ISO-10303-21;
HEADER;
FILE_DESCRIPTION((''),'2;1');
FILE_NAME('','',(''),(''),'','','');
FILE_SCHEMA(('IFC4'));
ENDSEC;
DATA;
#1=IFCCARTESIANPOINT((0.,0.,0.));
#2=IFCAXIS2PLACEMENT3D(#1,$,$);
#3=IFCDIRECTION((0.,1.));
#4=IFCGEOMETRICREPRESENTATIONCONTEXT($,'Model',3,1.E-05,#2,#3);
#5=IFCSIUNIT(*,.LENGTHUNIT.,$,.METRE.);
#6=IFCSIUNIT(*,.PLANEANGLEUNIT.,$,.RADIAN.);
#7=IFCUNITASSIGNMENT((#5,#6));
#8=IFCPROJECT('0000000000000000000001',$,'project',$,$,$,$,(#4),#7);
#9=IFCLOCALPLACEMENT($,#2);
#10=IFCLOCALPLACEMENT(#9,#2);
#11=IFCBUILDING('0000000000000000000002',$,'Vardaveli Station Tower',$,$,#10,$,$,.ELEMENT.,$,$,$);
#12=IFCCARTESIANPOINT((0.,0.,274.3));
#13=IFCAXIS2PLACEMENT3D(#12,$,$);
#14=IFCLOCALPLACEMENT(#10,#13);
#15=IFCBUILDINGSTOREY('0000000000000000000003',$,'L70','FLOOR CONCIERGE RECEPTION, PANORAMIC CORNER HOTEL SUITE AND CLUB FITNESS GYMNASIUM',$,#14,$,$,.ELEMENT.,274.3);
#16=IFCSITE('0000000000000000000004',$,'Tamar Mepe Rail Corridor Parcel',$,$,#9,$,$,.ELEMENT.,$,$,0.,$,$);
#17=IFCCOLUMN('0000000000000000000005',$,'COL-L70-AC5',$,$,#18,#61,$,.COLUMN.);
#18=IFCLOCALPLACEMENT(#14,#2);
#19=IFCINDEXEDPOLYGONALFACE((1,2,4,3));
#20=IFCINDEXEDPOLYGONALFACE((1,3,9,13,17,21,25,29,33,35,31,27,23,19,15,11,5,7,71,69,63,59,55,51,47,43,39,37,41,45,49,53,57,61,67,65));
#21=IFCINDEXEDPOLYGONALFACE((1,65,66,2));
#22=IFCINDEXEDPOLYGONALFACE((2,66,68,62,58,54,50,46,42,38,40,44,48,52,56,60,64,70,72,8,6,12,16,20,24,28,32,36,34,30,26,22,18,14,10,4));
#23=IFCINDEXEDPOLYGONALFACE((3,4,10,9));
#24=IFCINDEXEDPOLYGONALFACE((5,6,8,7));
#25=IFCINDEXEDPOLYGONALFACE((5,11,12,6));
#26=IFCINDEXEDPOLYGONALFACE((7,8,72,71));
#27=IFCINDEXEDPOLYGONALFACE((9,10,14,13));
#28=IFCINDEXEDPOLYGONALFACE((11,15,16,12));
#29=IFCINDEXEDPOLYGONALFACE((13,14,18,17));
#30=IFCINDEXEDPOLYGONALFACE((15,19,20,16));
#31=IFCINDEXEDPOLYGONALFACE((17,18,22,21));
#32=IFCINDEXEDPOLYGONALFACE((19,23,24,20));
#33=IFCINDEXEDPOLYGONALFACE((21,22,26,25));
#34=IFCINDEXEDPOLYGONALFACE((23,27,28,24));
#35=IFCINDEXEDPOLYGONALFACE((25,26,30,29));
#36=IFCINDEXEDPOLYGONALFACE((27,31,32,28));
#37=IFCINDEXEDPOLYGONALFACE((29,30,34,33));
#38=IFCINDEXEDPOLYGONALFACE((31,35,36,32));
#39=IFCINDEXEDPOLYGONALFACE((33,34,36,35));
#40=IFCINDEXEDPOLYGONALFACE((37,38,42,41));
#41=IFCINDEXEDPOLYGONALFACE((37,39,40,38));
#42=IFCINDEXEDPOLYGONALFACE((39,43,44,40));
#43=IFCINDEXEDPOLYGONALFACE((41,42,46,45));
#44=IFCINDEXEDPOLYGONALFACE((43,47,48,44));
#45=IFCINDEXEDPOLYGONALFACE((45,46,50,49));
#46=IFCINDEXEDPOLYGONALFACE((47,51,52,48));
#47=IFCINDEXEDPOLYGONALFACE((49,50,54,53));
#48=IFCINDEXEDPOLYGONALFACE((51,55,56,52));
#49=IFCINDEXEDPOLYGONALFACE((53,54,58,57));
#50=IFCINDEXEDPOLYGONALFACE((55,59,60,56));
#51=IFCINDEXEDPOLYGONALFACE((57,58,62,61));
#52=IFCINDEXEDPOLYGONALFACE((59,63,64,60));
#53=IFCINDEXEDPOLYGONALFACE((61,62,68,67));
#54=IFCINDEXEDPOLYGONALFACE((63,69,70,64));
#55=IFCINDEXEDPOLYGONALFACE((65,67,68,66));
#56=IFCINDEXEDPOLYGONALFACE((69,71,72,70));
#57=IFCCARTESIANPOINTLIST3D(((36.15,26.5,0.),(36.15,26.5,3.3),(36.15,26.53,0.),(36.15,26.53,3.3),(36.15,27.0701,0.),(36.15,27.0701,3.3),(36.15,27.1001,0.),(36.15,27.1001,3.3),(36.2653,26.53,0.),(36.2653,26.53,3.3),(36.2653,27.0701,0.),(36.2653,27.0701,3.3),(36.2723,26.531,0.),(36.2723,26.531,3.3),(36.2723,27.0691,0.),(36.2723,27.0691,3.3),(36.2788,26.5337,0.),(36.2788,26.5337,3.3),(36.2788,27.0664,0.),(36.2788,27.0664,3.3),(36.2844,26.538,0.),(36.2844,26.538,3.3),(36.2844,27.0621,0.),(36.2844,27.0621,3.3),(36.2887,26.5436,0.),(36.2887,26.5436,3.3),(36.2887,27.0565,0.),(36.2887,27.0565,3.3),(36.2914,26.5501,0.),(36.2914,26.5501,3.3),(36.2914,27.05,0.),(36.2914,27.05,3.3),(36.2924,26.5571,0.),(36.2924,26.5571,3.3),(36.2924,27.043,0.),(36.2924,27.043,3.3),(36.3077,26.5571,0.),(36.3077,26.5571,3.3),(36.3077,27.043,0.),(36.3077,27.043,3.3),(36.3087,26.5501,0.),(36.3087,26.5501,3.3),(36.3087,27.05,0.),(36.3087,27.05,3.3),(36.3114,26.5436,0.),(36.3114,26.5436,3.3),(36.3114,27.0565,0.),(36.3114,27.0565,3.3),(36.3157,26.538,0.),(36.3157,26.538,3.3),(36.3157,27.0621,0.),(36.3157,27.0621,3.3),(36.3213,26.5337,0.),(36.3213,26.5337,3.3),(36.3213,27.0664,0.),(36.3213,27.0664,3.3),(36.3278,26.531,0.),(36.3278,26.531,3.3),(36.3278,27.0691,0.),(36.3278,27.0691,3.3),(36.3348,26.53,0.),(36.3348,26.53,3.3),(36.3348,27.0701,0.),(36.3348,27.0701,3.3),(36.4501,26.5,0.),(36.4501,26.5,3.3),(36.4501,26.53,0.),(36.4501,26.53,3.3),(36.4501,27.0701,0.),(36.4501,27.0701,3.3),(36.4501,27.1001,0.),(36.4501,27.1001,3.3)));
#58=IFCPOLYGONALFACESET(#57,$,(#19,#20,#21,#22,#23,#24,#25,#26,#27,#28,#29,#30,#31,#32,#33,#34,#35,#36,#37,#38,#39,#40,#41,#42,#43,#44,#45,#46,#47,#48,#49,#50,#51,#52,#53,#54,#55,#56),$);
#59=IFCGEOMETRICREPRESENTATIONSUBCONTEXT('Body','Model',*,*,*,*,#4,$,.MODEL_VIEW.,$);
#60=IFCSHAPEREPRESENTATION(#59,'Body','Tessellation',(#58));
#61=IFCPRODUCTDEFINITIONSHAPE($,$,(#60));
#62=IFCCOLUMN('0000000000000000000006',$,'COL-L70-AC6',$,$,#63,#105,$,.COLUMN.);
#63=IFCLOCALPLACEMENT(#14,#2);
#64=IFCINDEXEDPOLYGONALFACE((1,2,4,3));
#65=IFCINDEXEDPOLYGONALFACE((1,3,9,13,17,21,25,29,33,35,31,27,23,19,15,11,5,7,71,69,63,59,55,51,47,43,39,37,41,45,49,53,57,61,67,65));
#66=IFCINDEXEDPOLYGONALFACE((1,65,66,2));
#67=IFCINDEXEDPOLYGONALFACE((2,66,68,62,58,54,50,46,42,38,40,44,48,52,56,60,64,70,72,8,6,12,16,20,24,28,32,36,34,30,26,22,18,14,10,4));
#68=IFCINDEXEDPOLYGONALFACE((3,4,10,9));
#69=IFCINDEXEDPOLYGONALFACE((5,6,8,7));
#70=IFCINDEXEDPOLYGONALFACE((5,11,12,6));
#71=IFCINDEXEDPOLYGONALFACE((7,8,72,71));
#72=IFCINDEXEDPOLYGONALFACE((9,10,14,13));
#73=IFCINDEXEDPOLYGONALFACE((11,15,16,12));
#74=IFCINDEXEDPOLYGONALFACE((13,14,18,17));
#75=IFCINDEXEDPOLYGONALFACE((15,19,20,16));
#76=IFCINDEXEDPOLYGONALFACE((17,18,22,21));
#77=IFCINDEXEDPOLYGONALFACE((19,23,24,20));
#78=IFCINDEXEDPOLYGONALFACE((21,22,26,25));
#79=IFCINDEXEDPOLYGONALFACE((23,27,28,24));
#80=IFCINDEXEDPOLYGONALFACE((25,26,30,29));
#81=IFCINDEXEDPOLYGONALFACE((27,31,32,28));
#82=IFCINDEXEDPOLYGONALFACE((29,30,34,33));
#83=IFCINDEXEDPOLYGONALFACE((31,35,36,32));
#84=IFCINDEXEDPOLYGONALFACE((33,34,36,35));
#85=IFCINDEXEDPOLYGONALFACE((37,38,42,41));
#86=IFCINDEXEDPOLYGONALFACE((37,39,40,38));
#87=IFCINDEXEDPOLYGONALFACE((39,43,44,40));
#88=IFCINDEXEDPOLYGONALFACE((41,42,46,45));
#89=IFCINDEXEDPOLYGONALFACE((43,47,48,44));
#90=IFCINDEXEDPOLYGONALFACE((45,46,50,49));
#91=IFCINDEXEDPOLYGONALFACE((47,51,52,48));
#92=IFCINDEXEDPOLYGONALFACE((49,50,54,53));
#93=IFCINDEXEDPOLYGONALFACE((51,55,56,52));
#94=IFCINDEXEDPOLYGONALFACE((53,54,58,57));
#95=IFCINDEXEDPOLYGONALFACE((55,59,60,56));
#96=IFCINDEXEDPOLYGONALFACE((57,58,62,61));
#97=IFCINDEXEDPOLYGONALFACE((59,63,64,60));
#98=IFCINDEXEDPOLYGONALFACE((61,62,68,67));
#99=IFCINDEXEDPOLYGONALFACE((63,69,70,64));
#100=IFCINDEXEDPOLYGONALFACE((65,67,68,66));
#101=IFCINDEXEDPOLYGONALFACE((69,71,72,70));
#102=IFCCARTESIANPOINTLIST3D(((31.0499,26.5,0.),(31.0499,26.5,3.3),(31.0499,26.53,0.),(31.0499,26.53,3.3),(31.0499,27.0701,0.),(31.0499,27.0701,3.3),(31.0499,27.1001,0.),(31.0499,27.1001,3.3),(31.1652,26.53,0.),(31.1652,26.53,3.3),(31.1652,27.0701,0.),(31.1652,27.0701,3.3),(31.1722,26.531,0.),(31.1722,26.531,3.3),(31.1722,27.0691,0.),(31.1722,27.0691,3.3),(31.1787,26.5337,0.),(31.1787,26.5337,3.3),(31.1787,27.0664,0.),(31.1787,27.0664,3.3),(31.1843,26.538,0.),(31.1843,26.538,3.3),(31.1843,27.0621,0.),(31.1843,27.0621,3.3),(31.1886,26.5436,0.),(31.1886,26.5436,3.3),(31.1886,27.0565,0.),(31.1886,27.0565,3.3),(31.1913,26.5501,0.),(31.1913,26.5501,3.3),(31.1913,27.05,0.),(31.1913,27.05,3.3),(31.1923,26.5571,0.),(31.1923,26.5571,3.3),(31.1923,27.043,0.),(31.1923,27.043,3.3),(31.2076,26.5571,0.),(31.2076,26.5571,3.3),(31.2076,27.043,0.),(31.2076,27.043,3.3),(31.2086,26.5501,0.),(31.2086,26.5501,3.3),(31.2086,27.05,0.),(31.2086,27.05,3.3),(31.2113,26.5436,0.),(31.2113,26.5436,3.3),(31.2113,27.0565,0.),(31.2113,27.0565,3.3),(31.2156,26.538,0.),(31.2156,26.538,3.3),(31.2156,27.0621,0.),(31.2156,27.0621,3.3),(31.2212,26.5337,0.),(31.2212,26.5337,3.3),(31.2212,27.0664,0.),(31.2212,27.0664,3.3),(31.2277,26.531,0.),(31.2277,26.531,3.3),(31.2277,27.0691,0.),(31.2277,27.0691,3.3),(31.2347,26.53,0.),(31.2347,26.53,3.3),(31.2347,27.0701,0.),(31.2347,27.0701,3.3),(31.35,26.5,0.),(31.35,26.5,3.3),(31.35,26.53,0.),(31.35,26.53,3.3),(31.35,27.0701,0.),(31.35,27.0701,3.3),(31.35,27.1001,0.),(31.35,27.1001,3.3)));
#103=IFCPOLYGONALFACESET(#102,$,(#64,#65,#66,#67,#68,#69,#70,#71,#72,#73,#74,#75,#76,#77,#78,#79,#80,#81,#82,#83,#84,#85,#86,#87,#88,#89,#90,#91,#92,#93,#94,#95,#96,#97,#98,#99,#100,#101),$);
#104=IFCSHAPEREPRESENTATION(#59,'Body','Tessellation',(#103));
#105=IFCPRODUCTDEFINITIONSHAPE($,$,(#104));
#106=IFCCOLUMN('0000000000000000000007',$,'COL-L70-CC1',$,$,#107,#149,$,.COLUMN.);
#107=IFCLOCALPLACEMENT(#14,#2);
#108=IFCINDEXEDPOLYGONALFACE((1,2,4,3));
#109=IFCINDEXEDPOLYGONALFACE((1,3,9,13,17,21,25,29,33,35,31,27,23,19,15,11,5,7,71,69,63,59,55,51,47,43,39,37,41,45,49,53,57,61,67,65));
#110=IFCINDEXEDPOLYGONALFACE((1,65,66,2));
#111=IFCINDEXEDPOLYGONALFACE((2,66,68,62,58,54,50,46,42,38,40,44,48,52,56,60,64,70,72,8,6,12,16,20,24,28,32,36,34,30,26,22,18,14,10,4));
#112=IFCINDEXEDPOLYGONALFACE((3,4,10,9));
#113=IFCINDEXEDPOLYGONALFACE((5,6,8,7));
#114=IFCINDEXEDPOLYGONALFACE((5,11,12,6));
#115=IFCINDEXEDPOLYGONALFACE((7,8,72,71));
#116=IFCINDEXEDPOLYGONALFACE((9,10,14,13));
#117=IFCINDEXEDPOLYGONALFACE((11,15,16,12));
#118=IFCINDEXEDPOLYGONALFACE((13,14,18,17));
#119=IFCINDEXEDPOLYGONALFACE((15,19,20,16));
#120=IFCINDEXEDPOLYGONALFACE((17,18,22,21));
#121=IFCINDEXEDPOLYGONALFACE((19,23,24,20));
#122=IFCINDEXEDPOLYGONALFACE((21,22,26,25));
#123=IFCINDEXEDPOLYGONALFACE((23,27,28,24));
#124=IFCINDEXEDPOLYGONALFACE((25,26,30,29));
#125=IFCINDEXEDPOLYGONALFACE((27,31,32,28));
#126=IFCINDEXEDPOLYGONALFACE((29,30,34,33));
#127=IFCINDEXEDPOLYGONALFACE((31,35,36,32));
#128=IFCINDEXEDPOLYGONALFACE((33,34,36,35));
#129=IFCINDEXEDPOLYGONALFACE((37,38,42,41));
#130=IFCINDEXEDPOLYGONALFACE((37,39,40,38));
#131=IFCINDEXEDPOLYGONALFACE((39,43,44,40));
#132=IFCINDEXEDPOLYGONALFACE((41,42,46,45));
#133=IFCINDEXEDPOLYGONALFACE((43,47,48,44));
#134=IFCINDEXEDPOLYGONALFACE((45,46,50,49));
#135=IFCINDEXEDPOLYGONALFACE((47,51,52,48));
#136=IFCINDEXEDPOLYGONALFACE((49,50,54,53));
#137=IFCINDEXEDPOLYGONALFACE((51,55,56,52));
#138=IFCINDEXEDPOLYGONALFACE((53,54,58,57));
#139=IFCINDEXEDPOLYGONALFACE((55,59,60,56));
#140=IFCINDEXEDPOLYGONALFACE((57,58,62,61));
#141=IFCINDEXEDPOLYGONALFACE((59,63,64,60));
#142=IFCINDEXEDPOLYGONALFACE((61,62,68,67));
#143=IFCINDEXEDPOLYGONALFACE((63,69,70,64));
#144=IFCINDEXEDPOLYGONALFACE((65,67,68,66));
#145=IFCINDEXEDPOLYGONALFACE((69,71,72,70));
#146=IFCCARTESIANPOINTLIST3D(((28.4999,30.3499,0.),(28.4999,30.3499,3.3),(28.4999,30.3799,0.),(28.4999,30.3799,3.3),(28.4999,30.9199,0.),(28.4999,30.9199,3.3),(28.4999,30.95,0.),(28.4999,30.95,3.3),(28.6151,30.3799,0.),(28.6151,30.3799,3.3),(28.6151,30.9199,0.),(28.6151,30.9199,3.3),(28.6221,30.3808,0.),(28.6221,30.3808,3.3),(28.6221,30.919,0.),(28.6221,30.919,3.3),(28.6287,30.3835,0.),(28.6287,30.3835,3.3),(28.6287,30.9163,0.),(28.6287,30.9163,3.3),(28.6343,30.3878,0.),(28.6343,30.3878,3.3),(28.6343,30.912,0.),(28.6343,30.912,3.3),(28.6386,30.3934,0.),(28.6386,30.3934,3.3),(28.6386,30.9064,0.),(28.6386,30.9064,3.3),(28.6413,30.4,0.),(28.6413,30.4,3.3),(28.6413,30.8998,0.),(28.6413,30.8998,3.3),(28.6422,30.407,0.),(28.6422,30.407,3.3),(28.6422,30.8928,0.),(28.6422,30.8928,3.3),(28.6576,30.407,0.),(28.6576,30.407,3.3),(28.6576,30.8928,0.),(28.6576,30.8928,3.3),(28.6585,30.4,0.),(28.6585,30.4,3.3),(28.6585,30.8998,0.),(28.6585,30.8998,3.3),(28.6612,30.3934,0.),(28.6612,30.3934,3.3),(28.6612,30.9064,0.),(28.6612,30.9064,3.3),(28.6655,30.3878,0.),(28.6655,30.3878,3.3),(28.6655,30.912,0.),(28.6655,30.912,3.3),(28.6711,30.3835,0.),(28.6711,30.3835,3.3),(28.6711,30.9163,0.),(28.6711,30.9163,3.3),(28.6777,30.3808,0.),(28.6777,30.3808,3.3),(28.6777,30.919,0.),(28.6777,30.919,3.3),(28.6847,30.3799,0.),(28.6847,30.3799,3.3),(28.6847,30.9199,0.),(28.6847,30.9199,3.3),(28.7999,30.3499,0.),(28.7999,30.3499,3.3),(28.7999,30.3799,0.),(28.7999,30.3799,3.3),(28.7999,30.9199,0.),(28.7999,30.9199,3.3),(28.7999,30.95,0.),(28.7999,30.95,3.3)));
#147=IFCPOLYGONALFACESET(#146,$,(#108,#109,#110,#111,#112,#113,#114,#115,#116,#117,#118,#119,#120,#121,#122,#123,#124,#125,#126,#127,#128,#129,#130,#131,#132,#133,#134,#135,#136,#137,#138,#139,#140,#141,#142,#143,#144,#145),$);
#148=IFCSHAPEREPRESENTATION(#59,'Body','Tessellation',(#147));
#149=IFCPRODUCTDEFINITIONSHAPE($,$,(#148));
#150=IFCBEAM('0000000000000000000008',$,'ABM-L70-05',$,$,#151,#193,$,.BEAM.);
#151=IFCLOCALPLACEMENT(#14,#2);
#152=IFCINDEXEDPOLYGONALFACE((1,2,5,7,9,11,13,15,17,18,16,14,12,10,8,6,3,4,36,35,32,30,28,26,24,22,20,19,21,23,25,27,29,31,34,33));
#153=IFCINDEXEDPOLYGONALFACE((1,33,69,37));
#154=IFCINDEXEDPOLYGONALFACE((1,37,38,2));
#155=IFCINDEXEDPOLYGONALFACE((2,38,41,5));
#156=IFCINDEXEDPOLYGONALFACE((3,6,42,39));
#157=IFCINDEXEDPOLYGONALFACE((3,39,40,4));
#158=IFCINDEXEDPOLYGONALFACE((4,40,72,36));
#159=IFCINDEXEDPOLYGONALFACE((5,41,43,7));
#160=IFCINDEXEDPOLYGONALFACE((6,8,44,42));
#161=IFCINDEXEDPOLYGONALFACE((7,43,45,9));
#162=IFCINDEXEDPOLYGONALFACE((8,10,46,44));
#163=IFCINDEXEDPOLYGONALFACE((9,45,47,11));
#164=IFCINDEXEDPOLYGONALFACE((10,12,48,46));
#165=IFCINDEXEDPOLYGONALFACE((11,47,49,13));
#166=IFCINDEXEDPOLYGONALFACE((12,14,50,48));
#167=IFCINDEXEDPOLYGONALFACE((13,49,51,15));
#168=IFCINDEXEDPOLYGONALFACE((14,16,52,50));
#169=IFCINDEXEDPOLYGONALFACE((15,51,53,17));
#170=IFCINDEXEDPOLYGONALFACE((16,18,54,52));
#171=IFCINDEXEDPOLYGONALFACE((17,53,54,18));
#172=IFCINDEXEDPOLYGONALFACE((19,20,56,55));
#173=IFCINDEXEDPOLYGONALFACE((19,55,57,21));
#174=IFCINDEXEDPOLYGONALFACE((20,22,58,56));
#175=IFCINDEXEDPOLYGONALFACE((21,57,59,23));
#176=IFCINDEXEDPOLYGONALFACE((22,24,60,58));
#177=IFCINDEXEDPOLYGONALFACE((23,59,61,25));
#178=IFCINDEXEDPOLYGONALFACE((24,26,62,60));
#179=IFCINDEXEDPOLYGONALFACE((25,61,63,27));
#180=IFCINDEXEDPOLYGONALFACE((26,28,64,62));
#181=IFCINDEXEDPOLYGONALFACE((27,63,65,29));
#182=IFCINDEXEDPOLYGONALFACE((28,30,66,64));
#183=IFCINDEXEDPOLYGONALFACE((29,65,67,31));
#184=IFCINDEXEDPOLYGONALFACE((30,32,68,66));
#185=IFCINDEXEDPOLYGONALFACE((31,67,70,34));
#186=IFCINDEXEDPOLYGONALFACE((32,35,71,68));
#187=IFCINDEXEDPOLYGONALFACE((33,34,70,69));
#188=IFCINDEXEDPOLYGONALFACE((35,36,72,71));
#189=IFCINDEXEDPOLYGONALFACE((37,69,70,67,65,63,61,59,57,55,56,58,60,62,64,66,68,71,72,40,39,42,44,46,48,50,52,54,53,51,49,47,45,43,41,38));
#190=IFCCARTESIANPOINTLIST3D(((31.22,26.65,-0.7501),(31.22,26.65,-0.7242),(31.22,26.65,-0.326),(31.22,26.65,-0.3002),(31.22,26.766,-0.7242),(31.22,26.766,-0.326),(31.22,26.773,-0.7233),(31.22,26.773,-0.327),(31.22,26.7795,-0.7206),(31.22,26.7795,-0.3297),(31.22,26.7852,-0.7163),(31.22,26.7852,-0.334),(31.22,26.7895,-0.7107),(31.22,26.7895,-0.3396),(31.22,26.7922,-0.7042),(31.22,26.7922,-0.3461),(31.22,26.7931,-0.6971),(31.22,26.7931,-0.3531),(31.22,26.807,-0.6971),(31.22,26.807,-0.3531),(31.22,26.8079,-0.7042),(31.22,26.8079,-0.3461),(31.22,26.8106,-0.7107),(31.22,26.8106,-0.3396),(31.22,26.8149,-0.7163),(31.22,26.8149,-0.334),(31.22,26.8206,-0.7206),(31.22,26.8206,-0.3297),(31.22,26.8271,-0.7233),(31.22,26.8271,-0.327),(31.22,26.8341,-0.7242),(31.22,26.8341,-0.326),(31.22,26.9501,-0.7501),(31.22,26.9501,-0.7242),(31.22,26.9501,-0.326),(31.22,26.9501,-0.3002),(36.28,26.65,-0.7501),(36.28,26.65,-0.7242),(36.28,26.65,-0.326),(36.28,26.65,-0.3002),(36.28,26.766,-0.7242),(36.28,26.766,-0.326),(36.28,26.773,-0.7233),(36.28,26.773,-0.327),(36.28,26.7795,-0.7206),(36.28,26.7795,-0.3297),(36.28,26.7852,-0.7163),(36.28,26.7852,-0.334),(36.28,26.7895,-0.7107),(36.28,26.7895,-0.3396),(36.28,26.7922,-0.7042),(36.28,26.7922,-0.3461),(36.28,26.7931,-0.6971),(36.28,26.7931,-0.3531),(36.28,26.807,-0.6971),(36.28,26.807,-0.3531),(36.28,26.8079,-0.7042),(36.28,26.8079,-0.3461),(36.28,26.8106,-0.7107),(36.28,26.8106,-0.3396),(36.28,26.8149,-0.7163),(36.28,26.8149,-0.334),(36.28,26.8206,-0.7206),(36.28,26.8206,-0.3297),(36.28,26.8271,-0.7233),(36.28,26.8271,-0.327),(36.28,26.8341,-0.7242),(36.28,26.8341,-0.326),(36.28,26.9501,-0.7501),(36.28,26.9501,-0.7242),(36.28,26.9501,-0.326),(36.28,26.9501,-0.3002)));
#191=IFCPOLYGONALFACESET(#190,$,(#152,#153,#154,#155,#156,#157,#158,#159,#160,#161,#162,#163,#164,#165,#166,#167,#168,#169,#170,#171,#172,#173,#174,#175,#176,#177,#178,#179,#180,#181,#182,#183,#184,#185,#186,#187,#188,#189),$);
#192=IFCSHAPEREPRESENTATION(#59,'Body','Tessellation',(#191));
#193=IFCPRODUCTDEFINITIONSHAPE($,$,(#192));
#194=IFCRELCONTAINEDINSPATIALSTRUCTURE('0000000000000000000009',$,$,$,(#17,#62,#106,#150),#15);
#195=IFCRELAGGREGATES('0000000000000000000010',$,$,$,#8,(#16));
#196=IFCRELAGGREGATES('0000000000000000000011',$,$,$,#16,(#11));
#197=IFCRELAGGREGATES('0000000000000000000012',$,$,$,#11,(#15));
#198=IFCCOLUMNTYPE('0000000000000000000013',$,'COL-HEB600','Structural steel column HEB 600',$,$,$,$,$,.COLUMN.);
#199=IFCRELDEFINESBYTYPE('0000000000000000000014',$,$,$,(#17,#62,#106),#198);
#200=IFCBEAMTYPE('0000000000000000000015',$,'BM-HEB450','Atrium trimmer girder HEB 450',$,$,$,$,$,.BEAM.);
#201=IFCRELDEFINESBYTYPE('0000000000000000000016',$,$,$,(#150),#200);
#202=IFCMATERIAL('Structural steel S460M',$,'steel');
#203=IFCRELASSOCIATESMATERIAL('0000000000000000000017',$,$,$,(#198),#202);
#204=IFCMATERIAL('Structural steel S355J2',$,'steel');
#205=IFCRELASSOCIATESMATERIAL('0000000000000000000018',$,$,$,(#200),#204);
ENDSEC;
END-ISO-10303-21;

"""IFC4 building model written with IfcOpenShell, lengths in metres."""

from ifc_helpers import new_model, si_unit, direction, frame, origin, origin_2d, place, context, subcontext, project, spatial, i_section, extrude, source, transform, mapped, material, material_profile, profile_set, type_object, element, save


model = new_model("IFC4")

# Units and contexts
model_context = context("Model", 3, precision=1e-05, world=origin(), true_north=direction((0.0, 1.0)))
body_context = subcontext(model_context, "Body", "Model", "MODEL_VIEW")
ifc_project = project(units=[si_unit("LENGTHUNIT", "METRE"), si_unit("PLANEANGLEUNIT", "RADIAN")], contexts=[model_context])

# Site, building, storey
site_placement = place(None, origin())
site = spatial("IfcSite", under=ifc_project, at=site_placement, Name="Tamar Mepe Rail Corridor Parcel", CompositionType="ELEMENT", RefElevation=0.0)
building_placement = place(site_placement, origin())
building = spatial("IfcBuilding", under=site, at=building_placement, Name="Vardaveli Station Tower", CompositionType="ELEMENT")
storey_placement = place(building_placement, frame((0.0, 0.0, 274.3)))
storey = spatial("IfcBuildingStorey", under=building, at=storey_placement, Name="L70", Description="FLOOR CONCIERGE RECEPTION, PANORAMIC CORNER HOTEL SUITE AND CLUB FITNESS GYMNASIUM", CompositionType="ELEMENT", Elevation=274.3)

# Columns
ifc_material_1 = material(Name="Structural steel S460M", Category="steel")
ifc_material_profile_1 = material_profile(ifc_material_1, i_section(OverallWidth=0.3, OverallDepth=0.6001, WebThickness=0.0154, FlangeThickness=0.03, FilletRadius=0.0271, at=origin_2d()), Name="HEB 600")
ifc_profile_set_1 = profile_set([ifc_material_profile_1], Name="Structural steel S460M")
column_type = type_object("IfcColumnType", Name="COL-HEB600", Description="Structural steel column HEB 600", PredefinedType="COLUMN", material=ifc_profile_set_1)
shared_shape_1 = source(origin(), body_context, "Body", "SweptSolid", [
    extrude(i_section(OverallWidth=0.3, OverallDepth=0.6001, WebThickness=0.0154, FlangeThickness=0.03, FilletRadius=0.0271, at=origin_2d()), origin(), (0.0, 0.0, 1.0), 3.3),
])
for number, where, z_axis, x_axis, name in (
    (1, (36.3, 26.8, 0.0), (0.0, 0.0, 1.0), (1.0, 0.0, 0.0), "COL-L70-AC5"),
    (2, (31.2, 26.8, 0.0), (0.0, 0.0, 1.0), (1.0, 0.0, 0.0), "COL-L70-AC6"),
    (3, (28.6499, 30.6499, 0.0), (0.0, 0.0, 1.0), (1.0, 0.0, 0.0), "COL-L70-CC1"),
):
    element("IfcColumn", number, at=place(storey_placement, frame(where, z_axis=z_axis, x_axis=x_axis)), inside=storey, type_object=column_type, Name=name, PredefinedType="COLUMN", context=body_context, shape_type="MappedRepresentation", body=[
        mapped(shared_shape_1, transform((0.0, 0.0, 0.0), scale=1.0)),
    ])

# Beam
ifc_material_2 = material(Name="Structural steel S355J2", Category="steel")
ifc_material_profile_2 = material_profile(ifc_material_2, i_section(OverallWidth=0.3, OverallDepth=0.45, WebThickness=0.0139, FlangeThickness=0.0259, FilletRadius=0.0271, at=origin_2d()), Name="HEB 450")
ifc_profile_set_2 = profile_set([ifc_material_profile_2], Name="Structural steel S355J2")
beam_type_1 = type_object("IfcBeamType", Name="BM-HEB450", Description="Atrium trimmer girder HEB 450", PredefinedType="BEAM", material=ifc_profile_set_2)
shared_shape_2 = source(origin(), body_context, "Body", "SweptSolid", [
    extrude(i_section(OverallWidth=0.3, OverallDepth=0.45, WebThickness=0.0139, FlangeThickness=0.0259, FilletRadius=0.0271, at=origin_2d()), origin(), (0.0, 0.0, 1.0), 5.0601),
])
beam_1_placement = place(storey_placement, frame((36.28, 26.8, -0.5251), z_axis=(-1.0, 0.0, 0.0), x_axis=(0.0, -1.0, 0.0)))
element("IfcBeam", 4, at=beam_1_placement, inside=storey, type_object=beam_type_1, Name="ABM-L70-05", PredefinedType="BEAM", context=body_context, shape_type="MappedRepresentation", body=[
    mapped(shared_shape_2, transform((0.0, 0.0, 0.0), scale=1.0)),
])

save(model, "model.ifc")
